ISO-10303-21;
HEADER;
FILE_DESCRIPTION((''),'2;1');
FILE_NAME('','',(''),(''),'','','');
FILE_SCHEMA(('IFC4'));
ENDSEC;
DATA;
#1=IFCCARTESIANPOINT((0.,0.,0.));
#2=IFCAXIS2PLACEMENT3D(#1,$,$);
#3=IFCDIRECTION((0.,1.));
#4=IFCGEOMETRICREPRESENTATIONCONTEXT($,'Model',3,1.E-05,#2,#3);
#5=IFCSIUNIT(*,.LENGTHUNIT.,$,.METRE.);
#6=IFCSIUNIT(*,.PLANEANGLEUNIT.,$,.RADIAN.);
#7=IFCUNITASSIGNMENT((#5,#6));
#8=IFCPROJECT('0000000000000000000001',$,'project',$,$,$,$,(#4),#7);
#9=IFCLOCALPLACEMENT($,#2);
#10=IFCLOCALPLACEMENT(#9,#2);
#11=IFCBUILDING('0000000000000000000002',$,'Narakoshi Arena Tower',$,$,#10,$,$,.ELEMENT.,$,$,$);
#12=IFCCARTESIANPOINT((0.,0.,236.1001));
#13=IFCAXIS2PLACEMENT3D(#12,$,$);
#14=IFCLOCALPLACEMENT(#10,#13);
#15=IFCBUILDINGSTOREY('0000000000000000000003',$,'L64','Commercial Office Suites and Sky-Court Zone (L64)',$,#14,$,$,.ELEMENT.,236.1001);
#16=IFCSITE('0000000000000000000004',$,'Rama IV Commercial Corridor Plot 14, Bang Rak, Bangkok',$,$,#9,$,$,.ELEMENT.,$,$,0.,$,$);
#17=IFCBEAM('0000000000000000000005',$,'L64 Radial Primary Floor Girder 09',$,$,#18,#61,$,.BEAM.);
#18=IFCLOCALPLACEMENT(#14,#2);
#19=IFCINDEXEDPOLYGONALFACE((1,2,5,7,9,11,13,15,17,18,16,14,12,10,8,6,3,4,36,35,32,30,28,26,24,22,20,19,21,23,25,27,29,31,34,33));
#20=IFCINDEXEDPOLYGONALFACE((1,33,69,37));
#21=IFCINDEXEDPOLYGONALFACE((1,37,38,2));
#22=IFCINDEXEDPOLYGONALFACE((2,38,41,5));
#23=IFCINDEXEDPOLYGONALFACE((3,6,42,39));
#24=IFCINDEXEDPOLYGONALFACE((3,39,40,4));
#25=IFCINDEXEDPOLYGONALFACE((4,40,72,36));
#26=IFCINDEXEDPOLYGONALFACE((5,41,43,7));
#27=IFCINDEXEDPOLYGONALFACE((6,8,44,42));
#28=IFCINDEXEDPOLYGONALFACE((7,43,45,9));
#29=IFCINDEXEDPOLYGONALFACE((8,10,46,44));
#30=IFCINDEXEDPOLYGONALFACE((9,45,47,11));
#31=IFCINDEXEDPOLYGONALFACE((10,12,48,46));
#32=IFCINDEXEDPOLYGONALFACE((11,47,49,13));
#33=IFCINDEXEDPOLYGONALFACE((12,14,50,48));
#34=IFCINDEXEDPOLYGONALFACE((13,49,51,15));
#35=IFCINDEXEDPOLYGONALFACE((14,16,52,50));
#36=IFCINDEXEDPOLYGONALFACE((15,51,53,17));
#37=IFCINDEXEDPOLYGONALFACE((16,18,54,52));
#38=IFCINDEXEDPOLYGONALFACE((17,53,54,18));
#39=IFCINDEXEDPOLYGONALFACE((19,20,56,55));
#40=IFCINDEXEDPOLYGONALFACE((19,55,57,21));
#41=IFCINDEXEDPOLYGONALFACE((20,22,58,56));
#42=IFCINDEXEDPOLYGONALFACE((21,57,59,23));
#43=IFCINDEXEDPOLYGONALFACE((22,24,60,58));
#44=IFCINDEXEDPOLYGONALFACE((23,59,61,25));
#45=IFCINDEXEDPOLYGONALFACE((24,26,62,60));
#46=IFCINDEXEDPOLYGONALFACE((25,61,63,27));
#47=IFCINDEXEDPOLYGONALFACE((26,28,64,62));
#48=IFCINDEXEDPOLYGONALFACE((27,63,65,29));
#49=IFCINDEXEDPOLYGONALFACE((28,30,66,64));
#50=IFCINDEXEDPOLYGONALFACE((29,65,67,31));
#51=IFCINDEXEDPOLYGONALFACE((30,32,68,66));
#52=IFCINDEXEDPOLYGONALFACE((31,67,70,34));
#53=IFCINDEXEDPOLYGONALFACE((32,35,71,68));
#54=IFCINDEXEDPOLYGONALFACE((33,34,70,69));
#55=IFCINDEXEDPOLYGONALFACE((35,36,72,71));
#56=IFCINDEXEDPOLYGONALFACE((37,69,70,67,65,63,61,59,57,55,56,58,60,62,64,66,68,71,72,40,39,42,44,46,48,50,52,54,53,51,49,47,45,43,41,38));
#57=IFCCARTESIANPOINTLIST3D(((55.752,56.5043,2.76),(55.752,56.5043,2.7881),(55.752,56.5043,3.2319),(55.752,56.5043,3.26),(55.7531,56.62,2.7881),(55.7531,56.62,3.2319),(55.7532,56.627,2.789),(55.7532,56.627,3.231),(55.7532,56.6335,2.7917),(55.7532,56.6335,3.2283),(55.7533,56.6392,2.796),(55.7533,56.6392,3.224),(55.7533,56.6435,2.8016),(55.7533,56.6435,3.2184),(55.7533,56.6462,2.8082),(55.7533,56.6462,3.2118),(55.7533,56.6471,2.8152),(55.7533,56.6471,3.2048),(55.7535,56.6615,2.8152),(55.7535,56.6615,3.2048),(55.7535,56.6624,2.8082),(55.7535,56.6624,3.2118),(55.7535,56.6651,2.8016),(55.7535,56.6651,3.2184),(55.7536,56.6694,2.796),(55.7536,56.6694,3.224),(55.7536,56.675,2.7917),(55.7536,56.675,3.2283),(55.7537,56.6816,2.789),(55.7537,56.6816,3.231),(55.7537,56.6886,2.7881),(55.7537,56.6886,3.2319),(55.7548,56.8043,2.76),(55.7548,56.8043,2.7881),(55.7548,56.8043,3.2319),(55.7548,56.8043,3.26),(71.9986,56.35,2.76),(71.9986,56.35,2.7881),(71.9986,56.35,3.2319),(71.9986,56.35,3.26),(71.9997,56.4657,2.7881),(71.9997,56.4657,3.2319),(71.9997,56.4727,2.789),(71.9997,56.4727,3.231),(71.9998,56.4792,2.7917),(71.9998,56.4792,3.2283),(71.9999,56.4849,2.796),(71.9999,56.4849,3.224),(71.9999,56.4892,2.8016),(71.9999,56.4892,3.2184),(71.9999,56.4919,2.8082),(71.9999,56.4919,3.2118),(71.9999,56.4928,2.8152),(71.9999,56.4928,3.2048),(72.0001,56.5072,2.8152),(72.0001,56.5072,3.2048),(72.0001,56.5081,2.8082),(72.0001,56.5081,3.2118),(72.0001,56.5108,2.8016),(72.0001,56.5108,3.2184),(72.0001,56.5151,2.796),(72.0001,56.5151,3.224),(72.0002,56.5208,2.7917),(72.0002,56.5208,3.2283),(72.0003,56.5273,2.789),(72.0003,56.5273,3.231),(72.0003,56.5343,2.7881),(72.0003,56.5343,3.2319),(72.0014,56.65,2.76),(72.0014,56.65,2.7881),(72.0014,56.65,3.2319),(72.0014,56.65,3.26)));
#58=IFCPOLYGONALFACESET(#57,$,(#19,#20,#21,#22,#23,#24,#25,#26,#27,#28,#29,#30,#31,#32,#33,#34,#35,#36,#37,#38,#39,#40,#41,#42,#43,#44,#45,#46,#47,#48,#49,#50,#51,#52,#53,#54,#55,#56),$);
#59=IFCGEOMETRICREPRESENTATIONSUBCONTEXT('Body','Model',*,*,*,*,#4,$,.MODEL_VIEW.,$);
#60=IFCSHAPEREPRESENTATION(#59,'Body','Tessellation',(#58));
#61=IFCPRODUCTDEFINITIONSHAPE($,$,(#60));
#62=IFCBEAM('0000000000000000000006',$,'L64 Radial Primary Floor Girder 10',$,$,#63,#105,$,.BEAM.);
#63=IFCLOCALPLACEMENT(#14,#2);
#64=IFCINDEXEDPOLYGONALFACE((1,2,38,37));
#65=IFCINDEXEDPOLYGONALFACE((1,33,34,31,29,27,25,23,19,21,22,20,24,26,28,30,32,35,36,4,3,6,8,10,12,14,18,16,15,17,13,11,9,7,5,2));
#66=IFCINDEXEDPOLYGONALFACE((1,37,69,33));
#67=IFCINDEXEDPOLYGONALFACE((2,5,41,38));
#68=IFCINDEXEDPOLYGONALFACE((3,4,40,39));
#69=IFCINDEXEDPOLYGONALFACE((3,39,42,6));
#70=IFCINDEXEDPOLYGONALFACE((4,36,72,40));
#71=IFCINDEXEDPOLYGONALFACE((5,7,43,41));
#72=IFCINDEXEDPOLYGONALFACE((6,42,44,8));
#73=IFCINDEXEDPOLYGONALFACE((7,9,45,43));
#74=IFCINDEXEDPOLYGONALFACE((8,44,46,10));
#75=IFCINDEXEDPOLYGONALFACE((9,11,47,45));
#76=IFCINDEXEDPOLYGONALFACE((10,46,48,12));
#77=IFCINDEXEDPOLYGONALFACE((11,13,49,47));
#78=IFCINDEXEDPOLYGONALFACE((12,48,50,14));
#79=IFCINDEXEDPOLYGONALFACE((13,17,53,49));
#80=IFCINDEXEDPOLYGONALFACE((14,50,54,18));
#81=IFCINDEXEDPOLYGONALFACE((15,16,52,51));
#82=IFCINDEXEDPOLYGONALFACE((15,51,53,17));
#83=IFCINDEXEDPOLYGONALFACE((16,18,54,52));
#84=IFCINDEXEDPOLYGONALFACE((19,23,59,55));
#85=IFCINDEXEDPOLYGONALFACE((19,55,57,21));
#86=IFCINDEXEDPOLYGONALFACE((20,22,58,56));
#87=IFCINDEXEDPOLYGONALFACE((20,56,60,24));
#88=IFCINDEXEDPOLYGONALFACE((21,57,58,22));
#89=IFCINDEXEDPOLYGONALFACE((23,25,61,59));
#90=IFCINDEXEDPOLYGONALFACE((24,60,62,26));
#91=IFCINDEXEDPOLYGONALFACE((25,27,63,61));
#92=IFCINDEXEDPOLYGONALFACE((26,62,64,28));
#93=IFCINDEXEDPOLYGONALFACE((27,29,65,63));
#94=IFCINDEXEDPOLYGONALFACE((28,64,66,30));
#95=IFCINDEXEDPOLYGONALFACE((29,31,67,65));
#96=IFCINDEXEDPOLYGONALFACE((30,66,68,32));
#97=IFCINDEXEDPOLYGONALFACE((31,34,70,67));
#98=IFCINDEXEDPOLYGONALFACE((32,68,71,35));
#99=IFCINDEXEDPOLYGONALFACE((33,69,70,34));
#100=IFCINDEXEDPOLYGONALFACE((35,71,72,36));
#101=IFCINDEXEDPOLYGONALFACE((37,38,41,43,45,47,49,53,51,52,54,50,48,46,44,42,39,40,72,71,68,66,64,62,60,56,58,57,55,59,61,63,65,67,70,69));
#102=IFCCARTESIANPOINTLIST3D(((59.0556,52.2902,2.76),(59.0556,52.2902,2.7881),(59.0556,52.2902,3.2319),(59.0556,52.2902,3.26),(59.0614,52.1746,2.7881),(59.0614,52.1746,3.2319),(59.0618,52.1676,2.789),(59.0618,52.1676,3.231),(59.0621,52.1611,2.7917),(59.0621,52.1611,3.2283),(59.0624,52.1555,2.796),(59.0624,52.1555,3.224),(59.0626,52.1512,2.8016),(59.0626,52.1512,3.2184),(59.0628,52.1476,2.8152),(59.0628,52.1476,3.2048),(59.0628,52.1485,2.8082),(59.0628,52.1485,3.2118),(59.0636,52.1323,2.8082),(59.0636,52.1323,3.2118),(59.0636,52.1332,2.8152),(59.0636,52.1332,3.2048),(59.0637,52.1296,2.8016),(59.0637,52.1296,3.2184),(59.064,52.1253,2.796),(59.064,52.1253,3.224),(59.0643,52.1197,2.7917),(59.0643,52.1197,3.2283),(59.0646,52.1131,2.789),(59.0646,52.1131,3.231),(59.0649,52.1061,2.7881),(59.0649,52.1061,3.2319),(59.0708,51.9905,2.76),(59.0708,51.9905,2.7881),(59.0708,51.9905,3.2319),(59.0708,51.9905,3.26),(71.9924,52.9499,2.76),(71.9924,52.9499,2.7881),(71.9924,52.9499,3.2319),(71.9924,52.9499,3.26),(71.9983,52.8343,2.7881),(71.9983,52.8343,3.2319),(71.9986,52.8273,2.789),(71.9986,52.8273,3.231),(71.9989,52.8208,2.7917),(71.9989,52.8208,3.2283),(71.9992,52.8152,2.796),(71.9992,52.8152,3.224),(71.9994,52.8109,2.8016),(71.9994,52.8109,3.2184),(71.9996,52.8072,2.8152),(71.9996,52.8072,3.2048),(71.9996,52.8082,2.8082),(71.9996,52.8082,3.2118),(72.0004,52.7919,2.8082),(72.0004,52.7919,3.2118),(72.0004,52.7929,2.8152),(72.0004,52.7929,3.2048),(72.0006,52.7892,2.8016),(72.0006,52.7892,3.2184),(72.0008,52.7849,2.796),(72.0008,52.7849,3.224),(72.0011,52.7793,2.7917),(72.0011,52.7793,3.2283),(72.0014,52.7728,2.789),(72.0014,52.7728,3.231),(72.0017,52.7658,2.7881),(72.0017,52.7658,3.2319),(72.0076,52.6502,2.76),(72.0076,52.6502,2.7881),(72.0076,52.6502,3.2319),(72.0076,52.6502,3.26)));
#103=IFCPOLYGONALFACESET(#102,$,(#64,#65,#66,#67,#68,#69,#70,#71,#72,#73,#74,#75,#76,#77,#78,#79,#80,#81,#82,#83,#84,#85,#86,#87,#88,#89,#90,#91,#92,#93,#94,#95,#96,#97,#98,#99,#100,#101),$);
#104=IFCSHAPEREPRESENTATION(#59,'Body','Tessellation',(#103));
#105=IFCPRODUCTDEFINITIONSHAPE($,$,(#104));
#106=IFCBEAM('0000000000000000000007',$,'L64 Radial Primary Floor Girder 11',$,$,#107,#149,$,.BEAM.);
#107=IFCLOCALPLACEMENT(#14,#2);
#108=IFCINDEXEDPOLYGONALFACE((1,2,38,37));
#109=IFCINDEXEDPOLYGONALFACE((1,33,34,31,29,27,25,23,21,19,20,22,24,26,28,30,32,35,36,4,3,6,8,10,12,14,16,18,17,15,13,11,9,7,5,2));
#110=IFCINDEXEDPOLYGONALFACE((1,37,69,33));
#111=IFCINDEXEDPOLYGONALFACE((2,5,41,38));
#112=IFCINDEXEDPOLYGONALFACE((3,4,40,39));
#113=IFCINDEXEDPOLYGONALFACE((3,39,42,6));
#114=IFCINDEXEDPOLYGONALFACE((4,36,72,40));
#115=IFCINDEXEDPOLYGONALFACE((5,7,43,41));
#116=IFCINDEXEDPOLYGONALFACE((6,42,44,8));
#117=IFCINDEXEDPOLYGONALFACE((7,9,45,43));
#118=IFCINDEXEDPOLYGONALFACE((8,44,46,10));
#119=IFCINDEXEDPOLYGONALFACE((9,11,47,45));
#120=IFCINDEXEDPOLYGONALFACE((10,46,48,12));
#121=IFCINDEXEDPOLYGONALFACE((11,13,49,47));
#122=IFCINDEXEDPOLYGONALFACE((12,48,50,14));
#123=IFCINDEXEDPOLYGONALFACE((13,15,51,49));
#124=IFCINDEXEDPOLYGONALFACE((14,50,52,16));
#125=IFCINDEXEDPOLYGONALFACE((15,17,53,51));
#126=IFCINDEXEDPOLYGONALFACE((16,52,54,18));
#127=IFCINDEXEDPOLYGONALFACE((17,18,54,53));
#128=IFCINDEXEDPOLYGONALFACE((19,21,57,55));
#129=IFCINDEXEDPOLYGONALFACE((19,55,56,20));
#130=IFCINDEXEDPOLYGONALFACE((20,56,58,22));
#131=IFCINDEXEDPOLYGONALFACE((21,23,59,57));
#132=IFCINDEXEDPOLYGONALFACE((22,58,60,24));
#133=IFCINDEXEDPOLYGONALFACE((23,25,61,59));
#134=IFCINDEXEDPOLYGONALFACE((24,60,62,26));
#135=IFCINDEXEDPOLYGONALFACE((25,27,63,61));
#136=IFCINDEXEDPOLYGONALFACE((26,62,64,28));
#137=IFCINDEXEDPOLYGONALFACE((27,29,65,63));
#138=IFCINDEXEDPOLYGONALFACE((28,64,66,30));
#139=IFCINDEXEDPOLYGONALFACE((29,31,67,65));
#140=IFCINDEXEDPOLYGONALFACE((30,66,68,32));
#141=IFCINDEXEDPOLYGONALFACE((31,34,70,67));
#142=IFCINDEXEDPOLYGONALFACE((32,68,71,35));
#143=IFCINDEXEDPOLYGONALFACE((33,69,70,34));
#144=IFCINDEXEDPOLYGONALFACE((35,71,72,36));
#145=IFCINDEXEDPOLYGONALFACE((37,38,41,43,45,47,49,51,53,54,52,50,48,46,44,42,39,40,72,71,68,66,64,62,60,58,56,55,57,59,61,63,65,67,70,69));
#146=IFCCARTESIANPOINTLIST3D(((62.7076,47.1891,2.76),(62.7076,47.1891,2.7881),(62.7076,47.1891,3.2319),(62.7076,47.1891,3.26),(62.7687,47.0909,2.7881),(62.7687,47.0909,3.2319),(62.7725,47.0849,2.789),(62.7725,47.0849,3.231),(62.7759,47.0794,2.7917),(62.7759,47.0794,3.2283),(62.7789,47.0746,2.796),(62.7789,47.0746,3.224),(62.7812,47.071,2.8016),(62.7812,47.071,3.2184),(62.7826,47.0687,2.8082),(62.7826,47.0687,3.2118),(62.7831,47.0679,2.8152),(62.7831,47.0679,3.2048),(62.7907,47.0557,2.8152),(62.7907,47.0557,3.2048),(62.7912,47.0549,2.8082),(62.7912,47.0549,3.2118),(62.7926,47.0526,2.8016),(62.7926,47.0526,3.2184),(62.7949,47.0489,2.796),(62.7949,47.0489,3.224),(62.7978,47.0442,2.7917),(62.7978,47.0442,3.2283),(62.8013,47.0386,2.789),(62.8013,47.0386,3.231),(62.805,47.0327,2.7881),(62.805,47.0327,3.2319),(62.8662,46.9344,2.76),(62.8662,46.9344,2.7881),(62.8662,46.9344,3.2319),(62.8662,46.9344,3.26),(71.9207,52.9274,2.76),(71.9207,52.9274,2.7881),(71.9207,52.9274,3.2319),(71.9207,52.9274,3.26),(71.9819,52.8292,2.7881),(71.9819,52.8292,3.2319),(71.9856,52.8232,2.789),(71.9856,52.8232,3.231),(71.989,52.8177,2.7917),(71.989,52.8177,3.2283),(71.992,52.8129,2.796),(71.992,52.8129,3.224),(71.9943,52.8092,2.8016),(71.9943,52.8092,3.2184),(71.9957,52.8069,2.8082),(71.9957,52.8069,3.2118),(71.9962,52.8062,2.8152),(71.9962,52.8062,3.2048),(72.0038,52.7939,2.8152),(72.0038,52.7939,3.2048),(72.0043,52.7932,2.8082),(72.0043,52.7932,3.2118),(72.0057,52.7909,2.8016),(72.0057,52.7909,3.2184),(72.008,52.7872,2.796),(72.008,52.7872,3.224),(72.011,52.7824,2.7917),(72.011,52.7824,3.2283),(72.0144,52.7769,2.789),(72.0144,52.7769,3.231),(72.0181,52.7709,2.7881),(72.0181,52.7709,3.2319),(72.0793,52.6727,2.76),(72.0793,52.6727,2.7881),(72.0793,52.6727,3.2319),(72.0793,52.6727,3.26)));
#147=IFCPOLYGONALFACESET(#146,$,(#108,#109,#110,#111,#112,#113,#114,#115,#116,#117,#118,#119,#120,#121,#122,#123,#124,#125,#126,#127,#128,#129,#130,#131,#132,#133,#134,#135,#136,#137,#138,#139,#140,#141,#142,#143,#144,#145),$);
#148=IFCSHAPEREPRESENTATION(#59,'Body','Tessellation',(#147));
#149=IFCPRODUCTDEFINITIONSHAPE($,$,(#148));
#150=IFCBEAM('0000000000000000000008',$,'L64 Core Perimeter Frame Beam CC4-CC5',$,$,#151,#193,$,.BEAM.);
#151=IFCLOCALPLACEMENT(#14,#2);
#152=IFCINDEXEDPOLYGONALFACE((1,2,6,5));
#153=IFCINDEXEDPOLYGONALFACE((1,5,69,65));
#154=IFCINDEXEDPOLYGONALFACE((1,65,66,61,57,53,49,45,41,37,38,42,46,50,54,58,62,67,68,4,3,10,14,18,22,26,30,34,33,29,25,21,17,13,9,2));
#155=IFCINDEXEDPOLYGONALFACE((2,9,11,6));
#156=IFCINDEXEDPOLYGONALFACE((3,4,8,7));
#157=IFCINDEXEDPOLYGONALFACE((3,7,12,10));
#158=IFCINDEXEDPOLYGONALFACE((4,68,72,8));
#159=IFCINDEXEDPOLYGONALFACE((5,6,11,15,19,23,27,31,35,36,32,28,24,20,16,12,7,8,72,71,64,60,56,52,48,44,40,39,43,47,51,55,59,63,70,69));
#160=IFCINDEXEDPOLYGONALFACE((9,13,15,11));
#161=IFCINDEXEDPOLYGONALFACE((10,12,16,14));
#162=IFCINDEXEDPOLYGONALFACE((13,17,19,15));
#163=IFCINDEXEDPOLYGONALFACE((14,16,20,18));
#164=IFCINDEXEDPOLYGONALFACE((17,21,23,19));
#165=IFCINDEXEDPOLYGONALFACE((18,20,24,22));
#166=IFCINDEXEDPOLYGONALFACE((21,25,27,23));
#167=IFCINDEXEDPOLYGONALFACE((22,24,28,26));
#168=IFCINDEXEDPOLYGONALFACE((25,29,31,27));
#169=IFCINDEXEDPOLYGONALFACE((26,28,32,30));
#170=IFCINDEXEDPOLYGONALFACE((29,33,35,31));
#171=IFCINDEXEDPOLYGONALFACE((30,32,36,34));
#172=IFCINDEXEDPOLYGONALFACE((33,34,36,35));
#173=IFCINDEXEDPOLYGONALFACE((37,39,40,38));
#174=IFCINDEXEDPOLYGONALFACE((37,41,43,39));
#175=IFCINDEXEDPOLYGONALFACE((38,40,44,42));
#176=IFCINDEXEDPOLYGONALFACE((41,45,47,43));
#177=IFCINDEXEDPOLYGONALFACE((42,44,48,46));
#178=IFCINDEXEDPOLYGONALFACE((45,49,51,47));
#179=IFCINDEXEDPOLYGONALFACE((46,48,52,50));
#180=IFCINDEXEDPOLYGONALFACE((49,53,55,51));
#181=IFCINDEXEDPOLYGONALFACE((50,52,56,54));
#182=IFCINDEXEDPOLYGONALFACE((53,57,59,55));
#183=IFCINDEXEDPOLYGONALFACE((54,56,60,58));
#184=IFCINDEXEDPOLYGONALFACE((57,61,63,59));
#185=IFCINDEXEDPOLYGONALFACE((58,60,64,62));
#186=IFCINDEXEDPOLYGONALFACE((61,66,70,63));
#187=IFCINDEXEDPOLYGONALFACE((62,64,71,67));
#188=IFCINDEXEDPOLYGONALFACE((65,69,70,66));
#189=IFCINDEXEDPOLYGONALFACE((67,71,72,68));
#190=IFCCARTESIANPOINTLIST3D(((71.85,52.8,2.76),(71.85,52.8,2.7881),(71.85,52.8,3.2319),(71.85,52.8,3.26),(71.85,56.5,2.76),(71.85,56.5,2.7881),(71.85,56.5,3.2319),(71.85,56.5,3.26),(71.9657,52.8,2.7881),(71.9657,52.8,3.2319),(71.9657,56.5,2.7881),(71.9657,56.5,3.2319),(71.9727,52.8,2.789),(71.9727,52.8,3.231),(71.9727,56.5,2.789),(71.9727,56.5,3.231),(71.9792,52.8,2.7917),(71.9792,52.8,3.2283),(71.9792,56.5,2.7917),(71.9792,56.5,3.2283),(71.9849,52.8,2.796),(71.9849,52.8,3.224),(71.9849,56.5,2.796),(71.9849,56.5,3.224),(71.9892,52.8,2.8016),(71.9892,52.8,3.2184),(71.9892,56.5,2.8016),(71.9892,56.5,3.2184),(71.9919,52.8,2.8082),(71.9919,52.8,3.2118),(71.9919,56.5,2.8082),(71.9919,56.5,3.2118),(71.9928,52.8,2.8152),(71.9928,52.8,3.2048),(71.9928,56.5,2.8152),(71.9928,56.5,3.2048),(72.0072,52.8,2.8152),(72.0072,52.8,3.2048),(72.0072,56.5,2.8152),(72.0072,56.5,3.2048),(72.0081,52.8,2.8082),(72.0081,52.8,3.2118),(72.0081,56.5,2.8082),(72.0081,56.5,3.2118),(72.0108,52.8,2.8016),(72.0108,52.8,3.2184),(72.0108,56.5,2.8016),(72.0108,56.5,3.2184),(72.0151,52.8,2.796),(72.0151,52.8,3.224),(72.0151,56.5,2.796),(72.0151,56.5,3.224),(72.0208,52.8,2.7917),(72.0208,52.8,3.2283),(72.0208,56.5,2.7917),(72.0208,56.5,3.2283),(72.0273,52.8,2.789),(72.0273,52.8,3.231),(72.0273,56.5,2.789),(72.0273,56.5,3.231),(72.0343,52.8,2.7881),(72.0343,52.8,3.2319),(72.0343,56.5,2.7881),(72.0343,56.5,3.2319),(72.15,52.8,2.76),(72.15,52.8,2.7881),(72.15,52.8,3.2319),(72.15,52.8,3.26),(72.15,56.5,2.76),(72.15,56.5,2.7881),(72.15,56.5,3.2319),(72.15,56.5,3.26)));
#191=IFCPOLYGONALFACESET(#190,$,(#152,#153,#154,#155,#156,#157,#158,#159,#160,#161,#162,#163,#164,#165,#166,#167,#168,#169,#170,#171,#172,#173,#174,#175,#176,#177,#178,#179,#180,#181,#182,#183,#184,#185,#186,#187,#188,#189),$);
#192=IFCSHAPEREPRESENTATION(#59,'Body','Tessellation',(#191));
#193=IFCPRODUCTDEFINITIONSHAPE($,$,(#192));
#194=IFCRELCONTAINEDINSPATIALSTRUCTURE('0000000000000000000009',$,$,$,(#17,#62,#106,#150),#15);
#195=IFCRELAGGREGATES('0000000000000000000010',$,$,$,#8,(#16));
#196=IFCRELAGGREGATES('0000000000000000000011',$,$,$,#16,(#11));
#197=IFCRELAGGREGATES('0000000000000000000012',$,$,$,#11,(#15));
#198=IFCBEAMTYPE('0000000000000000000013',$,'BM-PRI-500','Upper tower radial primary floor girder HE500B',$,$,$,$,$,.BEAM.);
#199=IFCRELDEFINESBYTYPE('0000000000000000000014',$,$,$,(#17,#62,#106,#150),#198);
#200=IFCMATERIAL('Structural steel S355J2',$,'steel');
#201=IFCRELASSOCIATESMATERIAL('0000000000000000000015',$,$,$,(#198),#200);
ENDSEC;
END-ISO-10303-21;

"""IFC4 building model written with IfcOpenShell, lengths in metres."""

from ifc_helpers import new_model, si_unit, direction, frame, origin, origin_2d, place, context, subcontext, project, spatial, i_section, extrude, material, material_profile, profile_set, type_object, element, save


model = new_model("IFC4")

# Units and contexts
model_context = context("Model", 3, precision=1e-05, world=origin(), true_north=direction((0.0, 1.0)))
body_context = subcontext(model_context, "Body", "Model", "MODEL_VIEW")
ifc_project = project(units=[si_unit("LENGTHUNIT", "METRE"), si_unit("PLANEANGLEUNIT", "RADIAN")], contexts=[model_context])

# Site, building, storey
site_placement = place(None, origin())
site = spatial("IfcSite", under=ifc_project, at=site_placement, Name="Rama IV Commercial Corridor Plot 14, Bang Rak, Bangkok", CompositionType="ELEMENT", RefElevation=0.0)
building_placement = place(site_placement, origin())
building = spatial("IfcBuilding", under=site, at=building_placement, Name="Narakoshi Arena Tower", CompositionType="ELEMENT")
storey_placement = place(building_placement, frame((0.0, 0.0, 236.1001)))
storey = spatial("IfcBuildingStorey", under=building, at=storey_placement, Name="L64", Description="Commercial Office Suites and Sky-Court Zone (L64)", CompositionType="ELEMENT", Elevation=236.1001)

# Beams
ifc_material_1 = material(Name="Structural steel S355J2", Category="steel")
ifc_material_profile = material_profile(ifc_material_1, i_section(OverallWidth=0.3, OverallDepth=0.5, WebThickness=0.0144, FlangeThickness=0.0281, FilletRadius=0.0271, at=origin_2d()), Name="HE500B")
ifc_profile_set = profile_set([ifc_material_profile], Name="Structural steel S355J2")
beam_type = type_object("IfcBeamType", Name="BM-PRI-500", Description="Upper tower radial primary floor girder HE500B", PredefinedType="BEAM", material=ifc_profile_set)
beam_1_placement = place(storey_placement, frame((72.0, 56.5, 3.01), z_axis=(-0.999955, 0.009497, 0.0), x_axis=(-0.009497, -0.999955, 0.0)))
element("IfcBeam", 1, at=beam_1_placement, inside=storey, type_object=beam_type, Name="L64 Radial Primary Floor Girder 09", PredefinedType="BEAM", context=body_context, shape_type="SweptSolid", body=[
    extrude(i_section(OverallWidth=0.3, OverallDepth=0.5, WebThickness=0.0144, FlangeThickness=0.0281, FilletRadius=0.0271, at=origin_2d()), origin(), (0.0, 0.0, 1.0), 16.2473),
])
beam_2_placement = place(storey_placement, frame((72.0, 52.8, 3.01), z_axis=(-0.998702, -0.050926, 0.0), x_axis=(0.050926, -0.998702, 0.0)))
element("IfcBeam", 2, at=beam_2_placement, inside=storey, type_object=beam_type, Name="L64 Radial Primary Floor Girder 10", PredefinedType="BEAM", context=body_context, shape_type="SweptSolid", body=[
    extrude(i_section(OverallWidth=0.3, OverallDepth=0.5, WebThickness=0.0144, FlangeThickness=0.0281, FilletRadius=0.0271, at=origin_2d()), origin(), (0.0, 0.0, 1.0), 12.9536),
])
beam_3_placement = place(storey_placement, frame((72.0, 52.8, 3.01), z_axis=(-0.848822, -0.528678, 0.0), x_axis=(0.528678, -0.848822, 0.0)))
element("IfcBeam", 3, at=beam_3_placement, inside=storey, type_object=beam_type, Name="L64 Radial Primary Floor Girder 11", PredefinedType="BEAM", context=body_context, shape_type="SweptSolid", body=[
    extrude(i_section(OverallWidth=0.3, OverallDepth=0.5, WebThickness=0.0144, FlangeThickness=0.0281, FilletRadius=0.0271, at=origin_2d()), origin(), (0.0, 0.0, 1.0), 10.854),
])
beam_4_placement = place(storey_placement, frame((72.0, 52.8, 3.01), z_axis=(0.0, 1.0, 0.0), x_axis=(-1.0, 0.0, 0.0)))
element("IfcBeam", 4, at=beam_4_placement, inside=storey, type_object=beam_type, Name="L64 Core Perimeter Frame Beam CC4-CC5", PredefinedType="BEAM", context=body_context, shape_type="SweptSolid", body=[
    extrude(i_section(OverallWidth=0.3, OverallDepth=0.5, WebThickness=0.0144, FlangeThickness=0.0281, FilletRadius=0.0271, at=origin_2d()), origin(), (0.0, 0.0, 1.0), 3.7),
])

save(model, "model.ifc")
